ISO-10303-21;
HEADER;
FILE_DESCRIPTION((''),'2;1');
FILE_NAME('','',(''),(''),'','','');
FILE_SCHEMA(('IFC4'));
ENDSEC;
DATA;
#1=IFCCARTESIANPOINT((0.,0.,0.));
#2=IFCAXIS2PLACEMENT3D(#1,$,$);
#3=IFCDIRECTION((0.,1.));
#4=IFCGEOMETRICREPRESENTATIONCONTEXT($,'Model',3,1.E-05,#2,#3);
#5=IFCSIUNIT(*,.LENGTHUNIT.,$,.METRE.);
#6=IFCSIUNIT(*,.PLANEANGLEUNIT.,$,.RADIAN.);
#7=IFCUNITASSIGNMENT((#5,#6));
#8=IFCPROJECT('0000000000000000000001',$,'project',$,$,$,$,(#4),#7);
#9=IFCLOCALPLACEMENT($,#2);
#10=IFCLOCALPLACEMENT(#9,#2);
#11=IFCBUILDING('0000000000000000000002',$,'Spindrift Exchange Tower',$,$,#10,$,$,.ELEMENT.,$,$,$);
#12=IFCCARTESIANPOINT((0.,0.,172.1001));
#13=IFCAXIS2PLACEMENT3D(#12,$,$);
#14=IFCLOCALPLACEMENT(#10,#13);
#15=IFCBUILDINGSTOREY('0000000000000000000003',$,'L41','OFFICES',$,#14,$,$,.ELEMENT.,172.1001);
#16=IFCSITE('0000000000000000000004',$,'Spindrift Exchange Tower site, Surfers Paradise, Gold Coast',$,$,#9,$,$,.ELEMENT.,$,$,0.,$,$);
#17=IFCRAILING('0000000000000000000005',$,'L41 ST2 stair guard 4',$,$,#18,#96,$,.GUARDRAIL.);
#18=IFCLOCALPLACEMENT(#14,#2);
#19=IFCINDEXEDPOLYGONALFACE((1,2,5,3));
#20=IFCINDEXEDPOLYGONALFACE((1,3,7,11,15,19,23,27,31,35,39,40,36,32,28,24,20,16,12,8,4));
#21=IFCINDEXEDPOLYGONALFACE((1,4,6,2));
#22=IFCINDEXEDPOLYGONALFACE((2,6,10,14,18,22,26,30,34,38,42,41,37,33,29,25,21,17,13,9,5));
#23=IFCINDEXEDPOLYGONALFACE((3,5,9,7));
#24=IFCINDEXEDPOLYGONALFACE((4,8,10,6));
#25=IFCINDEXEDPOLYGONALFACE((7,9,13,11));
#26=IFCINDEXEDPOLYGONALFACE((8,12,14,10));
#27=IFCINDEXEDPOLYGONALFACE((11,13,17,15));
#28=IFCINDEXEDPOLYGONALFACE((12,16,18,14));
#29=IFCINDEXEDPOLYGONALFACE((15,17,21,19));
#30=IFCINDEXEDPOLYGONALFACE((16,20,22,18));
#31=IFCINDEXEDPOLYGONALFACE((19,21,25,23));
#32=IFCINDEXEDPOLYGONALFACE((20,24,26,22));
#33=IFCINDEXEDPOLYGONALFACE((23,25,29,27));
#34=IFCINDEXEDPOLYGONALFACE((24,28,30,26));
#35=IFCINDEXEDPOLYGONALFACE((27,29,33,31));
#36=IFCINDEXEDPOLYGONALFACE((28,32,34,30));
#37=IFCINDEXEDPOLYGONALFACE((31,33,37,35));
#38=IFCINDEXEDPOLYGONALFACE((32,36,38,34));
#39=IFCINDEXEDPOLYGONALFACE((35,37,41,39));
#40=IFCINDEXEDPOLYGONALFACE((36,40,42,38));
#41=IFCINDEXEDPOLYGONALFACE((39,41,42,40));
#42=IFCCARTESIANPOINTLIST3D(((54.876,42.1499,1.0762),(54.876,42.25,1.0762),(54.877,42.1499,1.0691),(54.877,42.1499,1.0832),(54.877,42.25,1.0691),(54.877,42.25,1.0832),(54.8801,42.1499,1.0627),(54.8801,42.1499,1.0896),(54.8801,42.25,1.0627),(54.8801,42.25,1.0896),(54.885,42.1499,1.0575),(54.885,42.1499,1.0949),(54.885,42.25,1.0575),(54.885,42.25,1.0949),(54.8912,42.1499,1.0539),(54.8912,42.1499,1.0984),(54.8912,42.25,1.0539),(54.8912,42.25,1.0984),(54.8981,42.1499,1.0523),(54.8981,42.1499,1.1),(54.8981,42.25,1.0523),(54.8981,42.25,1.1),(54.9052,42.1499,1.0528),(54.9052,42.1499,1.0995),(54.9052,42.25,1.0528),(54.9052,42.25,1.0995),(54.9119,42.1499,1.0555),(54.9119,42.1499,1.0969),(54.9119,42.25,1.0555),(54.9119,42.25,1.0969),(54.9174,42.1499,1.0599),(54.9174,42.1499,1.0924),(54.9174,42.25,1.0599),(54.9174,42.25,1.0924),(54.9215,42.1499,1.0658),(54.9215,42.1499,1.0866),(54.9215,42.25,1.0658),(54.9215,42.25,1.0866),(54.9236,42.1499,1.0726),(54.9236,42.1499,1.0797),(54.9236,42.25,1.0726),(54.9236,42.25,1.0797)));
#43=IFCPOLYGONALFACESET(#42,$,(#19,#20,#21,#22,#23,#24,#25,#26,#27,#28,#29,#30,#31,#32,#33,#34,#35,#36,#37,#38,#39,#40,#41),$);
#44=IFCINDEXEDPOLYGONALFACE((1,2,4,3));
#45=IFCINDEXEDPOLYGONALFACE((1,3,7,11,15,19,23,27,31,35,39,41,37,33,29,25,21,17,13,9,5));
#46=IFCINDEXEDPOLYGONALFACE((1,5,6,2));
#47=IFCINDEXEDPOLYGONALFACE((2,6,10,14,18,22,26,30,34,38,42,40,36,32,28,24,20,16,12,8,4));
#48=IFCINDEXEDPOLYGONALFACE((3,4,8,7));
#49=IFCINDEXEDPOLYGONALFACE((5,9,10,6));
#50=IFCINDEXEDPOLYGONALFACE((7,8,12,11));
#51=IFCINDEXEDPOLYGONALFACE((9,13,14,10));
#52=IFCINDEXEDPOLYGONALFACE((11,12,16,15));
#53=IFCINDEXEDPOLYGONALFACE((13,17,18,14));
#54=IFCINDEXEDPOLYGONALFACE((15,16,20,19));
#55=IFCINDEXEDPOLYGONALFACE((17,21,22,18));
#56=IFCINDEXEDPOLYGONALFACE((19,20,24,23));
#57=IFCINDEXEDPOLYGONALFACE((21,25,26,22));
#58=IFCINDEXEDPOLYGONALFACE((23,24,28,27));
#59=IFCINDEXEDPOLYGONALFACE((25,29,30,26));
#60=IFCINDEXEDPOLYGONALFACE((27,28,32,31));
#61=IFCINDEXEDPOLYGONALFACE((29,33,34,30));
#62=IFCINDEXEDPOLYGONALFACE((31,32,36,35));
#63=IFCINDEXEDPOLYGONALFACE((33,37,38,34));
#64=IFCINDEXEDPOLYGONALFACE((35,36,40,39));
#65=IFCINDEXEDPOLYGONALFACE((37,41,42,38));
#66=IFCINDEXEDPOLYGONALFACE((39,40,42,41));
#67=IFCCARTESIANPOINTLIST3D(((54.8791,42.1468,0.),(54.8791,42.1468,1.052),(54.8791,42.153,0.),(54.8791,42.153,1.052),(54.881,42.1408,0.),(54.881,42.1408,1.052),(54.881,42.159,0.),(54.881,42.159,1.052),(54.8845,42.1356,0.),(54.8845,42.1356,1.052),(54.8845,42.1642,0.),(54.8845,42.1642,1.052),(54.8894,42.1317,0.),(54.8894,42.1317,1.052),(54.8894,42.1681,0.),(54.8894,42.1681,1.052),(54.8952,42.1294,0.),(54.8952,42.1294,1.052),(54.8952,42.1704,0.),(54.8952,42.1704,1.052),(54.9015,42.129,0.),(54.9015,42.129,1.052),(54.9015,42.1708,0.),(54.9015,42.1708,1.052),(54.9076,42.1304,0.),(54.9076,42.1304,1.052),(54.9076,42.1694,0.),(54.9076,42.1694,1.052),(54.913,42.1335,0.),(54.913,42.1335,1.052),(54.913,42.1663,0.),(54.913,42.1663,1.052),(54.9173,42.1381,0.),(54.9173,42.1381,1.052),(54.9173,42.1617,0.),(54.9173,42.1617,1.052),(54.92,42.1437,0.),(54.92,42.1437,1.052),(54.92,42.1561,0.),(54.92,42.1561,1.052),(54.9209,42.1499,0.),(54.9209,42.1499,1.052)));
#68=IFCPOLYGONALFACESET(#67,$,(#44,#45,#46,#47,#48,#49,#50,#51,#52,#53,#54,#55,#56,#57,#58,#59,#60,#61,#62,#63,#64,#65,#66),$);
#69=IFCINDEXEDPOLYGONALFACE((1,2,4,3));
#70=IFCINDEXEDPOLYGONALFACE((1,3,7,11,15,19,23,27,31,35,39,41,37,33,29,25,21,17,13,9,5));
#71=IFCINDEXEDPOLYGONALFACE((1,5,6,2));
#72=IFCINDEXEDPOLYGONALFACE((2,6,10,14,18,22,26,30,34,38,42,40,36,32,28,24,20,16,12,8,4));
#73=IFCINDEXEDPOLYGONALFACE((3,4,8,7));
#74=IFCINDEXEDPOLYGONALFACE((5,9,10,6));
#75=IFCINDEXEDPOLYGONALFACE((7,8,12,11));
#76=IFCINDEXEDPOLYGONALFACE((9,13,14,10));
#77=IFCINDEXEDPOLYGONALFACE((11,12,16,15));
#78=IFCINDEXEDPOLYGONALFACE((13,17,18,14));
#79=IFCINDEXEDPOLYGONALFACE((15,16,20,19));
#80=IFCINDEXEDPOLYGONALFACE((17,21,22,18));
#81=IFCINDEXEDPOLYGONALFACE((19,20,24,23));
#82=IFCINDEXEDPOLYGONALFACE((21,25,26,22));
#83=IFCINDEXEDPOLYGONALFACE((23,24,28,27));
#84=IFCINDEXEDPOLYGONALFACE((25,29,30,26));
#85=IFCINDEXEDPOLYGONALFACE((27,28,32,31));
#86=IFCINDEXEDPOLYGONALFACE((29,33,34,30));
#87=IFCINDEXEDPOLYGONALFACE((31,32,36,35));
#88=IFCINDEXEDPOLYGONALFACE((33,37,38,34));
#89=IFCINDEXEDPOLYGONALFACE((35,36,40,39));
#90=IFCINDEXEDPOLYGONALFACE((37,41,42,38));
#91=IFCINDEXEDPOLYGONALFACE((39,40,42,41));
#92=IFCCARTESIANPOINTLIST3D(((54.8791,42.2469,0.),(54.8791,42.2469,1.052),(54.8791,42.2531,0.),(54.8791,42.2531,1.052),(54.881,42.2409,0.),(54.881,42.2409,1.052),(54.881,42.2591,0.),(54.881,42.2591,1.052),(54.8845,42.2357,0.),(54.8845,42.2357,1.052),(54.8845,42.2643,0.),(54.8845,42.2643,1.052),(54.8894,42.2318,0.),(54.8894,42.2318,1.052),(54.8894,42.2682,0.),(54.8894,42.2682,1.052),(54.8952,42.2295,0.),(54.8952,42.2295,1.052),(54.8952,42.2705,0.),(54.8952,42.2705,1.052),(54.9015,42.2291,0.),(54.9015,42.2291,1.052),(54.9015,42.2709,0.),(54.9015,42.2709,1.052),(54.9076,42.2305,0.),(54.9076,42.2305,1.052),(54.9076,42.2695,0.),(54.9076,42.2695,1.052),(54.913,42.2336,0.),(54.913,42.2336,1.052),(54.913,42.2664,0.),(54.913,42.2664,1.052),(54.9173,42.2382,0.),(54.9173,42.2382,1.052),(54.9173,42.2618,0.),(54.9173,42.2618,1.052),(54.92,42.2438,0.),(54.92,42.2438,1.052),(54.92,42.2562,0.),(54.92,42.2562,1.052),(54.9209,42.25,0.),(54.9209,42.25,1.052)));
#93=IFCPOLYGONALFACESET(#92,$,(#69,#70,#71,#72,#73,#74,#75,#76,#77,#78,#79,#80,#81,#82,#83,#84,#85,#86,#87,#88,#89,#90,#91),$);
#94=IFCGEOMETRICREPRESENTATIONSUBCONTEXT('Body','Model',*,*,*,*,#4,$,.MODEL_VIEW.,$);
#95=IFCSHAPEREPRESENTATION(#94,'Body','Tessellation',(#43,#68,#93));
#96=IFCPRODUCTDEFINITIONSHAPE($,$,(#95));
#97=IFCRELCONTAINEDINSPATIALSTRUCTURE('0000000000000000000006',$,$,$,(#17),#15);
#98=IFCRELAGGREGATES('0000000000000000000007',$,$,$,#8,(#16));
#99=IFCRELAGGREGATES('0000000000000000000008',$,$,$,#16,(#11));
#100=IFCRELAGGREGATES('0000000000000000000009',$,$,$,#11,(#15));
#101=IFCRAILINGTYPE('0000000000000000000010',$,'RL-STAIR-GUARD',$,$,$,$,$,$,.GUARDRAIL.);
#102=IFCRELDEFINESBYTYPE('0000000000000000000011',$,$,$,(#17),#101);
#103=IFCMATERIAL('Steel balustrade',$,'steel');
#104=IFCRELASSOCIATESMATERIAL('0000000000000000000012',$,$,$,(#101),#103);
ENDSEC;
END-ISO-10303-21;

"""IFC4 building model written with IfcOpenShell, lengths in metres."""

from ifc_helpers import new_model, si_unit, direction, frame, origin, origin_2d, place, context, subcontext, project, spatial, circle, extrude, material, type_object, element, save


model = new_model("IFC4")

# Units and contexts
model_context = context("Model", 3, precision=1e-05, world=origin(), true_north=direction((0.0, 1.0)))
body_context = subcontext(model_context, "Body", "Model", "MODEL_VIEW")
ifc_project = project(units=[si_unit("LENGTHUNIT", "METRE"), si_unit("PLANEANGLEUNIT", "RADIAN")], contexts=[model_context])

# Site, building, storey
site_placement = place(None, origin())
site = spatial("IfcSite", under=ifc_project, at=site_placement, Name="Spindrift Exchange Tower site, Surfers Paradise, Gold Coast", CompositionType="ELEMENT", RefElevation=0.0)
building_placement = place(site_placement, origin())
building = spatial("IfcBuilding", under=site, at=building_placement, Name="Spindrift Exchange Tower", CompositionType="ELEMENT")
storey_placement = place(building_placement, frame((0.0, 0.0, 172.1001)))
storey = spatial("IfcBuildingStorey", under=building, at=storey_placement, Name="L41", Description="OFFICES", CompositionType="ELEMENT", Elevation=172.1001)

# Railing
ifc_material_1 = material(Name="Steel balustrade", Category="steel")
railing_type_1 = type_object("IfcRailingType", Name="RL-STAIR-GUARD", PredefinedType="GUARDRAIL", material=ifc_material_1)
railing_1_placement = place(storey_placement, frame((54.8999, 42.1499, 0.0)))
element("IfcRailing", 1, at=railing_1_placement, inside=storey, type_object=railing_type_1, Name="L41 ST2 stair guard 4", PredefinedType="GUARDRAIL", context=body_context, shape_type="SweptSolid", body=[
    extrude(circle(Radius=0.0239, at=origin_2d()), frame((0.0, 0.0, 1.0762), z_axis=(0.0, 1.0, 0.0), x_axis=(-1.0, 0.0, 0.0)), (0.0, 0.0, 1.0), 0.1001),
    extrude(circle(Radius=0.021, at=origin_2d()), origin(), (0.0, 0.0, 1.0), 1.052),
    extrude(circle(Radius=0.021, at=origin_2d()), frame((0.0, 0.1001, 0.0)), (0.0, 0.0, 1.0), 1.052),
])

save(model, "model.ifc")
